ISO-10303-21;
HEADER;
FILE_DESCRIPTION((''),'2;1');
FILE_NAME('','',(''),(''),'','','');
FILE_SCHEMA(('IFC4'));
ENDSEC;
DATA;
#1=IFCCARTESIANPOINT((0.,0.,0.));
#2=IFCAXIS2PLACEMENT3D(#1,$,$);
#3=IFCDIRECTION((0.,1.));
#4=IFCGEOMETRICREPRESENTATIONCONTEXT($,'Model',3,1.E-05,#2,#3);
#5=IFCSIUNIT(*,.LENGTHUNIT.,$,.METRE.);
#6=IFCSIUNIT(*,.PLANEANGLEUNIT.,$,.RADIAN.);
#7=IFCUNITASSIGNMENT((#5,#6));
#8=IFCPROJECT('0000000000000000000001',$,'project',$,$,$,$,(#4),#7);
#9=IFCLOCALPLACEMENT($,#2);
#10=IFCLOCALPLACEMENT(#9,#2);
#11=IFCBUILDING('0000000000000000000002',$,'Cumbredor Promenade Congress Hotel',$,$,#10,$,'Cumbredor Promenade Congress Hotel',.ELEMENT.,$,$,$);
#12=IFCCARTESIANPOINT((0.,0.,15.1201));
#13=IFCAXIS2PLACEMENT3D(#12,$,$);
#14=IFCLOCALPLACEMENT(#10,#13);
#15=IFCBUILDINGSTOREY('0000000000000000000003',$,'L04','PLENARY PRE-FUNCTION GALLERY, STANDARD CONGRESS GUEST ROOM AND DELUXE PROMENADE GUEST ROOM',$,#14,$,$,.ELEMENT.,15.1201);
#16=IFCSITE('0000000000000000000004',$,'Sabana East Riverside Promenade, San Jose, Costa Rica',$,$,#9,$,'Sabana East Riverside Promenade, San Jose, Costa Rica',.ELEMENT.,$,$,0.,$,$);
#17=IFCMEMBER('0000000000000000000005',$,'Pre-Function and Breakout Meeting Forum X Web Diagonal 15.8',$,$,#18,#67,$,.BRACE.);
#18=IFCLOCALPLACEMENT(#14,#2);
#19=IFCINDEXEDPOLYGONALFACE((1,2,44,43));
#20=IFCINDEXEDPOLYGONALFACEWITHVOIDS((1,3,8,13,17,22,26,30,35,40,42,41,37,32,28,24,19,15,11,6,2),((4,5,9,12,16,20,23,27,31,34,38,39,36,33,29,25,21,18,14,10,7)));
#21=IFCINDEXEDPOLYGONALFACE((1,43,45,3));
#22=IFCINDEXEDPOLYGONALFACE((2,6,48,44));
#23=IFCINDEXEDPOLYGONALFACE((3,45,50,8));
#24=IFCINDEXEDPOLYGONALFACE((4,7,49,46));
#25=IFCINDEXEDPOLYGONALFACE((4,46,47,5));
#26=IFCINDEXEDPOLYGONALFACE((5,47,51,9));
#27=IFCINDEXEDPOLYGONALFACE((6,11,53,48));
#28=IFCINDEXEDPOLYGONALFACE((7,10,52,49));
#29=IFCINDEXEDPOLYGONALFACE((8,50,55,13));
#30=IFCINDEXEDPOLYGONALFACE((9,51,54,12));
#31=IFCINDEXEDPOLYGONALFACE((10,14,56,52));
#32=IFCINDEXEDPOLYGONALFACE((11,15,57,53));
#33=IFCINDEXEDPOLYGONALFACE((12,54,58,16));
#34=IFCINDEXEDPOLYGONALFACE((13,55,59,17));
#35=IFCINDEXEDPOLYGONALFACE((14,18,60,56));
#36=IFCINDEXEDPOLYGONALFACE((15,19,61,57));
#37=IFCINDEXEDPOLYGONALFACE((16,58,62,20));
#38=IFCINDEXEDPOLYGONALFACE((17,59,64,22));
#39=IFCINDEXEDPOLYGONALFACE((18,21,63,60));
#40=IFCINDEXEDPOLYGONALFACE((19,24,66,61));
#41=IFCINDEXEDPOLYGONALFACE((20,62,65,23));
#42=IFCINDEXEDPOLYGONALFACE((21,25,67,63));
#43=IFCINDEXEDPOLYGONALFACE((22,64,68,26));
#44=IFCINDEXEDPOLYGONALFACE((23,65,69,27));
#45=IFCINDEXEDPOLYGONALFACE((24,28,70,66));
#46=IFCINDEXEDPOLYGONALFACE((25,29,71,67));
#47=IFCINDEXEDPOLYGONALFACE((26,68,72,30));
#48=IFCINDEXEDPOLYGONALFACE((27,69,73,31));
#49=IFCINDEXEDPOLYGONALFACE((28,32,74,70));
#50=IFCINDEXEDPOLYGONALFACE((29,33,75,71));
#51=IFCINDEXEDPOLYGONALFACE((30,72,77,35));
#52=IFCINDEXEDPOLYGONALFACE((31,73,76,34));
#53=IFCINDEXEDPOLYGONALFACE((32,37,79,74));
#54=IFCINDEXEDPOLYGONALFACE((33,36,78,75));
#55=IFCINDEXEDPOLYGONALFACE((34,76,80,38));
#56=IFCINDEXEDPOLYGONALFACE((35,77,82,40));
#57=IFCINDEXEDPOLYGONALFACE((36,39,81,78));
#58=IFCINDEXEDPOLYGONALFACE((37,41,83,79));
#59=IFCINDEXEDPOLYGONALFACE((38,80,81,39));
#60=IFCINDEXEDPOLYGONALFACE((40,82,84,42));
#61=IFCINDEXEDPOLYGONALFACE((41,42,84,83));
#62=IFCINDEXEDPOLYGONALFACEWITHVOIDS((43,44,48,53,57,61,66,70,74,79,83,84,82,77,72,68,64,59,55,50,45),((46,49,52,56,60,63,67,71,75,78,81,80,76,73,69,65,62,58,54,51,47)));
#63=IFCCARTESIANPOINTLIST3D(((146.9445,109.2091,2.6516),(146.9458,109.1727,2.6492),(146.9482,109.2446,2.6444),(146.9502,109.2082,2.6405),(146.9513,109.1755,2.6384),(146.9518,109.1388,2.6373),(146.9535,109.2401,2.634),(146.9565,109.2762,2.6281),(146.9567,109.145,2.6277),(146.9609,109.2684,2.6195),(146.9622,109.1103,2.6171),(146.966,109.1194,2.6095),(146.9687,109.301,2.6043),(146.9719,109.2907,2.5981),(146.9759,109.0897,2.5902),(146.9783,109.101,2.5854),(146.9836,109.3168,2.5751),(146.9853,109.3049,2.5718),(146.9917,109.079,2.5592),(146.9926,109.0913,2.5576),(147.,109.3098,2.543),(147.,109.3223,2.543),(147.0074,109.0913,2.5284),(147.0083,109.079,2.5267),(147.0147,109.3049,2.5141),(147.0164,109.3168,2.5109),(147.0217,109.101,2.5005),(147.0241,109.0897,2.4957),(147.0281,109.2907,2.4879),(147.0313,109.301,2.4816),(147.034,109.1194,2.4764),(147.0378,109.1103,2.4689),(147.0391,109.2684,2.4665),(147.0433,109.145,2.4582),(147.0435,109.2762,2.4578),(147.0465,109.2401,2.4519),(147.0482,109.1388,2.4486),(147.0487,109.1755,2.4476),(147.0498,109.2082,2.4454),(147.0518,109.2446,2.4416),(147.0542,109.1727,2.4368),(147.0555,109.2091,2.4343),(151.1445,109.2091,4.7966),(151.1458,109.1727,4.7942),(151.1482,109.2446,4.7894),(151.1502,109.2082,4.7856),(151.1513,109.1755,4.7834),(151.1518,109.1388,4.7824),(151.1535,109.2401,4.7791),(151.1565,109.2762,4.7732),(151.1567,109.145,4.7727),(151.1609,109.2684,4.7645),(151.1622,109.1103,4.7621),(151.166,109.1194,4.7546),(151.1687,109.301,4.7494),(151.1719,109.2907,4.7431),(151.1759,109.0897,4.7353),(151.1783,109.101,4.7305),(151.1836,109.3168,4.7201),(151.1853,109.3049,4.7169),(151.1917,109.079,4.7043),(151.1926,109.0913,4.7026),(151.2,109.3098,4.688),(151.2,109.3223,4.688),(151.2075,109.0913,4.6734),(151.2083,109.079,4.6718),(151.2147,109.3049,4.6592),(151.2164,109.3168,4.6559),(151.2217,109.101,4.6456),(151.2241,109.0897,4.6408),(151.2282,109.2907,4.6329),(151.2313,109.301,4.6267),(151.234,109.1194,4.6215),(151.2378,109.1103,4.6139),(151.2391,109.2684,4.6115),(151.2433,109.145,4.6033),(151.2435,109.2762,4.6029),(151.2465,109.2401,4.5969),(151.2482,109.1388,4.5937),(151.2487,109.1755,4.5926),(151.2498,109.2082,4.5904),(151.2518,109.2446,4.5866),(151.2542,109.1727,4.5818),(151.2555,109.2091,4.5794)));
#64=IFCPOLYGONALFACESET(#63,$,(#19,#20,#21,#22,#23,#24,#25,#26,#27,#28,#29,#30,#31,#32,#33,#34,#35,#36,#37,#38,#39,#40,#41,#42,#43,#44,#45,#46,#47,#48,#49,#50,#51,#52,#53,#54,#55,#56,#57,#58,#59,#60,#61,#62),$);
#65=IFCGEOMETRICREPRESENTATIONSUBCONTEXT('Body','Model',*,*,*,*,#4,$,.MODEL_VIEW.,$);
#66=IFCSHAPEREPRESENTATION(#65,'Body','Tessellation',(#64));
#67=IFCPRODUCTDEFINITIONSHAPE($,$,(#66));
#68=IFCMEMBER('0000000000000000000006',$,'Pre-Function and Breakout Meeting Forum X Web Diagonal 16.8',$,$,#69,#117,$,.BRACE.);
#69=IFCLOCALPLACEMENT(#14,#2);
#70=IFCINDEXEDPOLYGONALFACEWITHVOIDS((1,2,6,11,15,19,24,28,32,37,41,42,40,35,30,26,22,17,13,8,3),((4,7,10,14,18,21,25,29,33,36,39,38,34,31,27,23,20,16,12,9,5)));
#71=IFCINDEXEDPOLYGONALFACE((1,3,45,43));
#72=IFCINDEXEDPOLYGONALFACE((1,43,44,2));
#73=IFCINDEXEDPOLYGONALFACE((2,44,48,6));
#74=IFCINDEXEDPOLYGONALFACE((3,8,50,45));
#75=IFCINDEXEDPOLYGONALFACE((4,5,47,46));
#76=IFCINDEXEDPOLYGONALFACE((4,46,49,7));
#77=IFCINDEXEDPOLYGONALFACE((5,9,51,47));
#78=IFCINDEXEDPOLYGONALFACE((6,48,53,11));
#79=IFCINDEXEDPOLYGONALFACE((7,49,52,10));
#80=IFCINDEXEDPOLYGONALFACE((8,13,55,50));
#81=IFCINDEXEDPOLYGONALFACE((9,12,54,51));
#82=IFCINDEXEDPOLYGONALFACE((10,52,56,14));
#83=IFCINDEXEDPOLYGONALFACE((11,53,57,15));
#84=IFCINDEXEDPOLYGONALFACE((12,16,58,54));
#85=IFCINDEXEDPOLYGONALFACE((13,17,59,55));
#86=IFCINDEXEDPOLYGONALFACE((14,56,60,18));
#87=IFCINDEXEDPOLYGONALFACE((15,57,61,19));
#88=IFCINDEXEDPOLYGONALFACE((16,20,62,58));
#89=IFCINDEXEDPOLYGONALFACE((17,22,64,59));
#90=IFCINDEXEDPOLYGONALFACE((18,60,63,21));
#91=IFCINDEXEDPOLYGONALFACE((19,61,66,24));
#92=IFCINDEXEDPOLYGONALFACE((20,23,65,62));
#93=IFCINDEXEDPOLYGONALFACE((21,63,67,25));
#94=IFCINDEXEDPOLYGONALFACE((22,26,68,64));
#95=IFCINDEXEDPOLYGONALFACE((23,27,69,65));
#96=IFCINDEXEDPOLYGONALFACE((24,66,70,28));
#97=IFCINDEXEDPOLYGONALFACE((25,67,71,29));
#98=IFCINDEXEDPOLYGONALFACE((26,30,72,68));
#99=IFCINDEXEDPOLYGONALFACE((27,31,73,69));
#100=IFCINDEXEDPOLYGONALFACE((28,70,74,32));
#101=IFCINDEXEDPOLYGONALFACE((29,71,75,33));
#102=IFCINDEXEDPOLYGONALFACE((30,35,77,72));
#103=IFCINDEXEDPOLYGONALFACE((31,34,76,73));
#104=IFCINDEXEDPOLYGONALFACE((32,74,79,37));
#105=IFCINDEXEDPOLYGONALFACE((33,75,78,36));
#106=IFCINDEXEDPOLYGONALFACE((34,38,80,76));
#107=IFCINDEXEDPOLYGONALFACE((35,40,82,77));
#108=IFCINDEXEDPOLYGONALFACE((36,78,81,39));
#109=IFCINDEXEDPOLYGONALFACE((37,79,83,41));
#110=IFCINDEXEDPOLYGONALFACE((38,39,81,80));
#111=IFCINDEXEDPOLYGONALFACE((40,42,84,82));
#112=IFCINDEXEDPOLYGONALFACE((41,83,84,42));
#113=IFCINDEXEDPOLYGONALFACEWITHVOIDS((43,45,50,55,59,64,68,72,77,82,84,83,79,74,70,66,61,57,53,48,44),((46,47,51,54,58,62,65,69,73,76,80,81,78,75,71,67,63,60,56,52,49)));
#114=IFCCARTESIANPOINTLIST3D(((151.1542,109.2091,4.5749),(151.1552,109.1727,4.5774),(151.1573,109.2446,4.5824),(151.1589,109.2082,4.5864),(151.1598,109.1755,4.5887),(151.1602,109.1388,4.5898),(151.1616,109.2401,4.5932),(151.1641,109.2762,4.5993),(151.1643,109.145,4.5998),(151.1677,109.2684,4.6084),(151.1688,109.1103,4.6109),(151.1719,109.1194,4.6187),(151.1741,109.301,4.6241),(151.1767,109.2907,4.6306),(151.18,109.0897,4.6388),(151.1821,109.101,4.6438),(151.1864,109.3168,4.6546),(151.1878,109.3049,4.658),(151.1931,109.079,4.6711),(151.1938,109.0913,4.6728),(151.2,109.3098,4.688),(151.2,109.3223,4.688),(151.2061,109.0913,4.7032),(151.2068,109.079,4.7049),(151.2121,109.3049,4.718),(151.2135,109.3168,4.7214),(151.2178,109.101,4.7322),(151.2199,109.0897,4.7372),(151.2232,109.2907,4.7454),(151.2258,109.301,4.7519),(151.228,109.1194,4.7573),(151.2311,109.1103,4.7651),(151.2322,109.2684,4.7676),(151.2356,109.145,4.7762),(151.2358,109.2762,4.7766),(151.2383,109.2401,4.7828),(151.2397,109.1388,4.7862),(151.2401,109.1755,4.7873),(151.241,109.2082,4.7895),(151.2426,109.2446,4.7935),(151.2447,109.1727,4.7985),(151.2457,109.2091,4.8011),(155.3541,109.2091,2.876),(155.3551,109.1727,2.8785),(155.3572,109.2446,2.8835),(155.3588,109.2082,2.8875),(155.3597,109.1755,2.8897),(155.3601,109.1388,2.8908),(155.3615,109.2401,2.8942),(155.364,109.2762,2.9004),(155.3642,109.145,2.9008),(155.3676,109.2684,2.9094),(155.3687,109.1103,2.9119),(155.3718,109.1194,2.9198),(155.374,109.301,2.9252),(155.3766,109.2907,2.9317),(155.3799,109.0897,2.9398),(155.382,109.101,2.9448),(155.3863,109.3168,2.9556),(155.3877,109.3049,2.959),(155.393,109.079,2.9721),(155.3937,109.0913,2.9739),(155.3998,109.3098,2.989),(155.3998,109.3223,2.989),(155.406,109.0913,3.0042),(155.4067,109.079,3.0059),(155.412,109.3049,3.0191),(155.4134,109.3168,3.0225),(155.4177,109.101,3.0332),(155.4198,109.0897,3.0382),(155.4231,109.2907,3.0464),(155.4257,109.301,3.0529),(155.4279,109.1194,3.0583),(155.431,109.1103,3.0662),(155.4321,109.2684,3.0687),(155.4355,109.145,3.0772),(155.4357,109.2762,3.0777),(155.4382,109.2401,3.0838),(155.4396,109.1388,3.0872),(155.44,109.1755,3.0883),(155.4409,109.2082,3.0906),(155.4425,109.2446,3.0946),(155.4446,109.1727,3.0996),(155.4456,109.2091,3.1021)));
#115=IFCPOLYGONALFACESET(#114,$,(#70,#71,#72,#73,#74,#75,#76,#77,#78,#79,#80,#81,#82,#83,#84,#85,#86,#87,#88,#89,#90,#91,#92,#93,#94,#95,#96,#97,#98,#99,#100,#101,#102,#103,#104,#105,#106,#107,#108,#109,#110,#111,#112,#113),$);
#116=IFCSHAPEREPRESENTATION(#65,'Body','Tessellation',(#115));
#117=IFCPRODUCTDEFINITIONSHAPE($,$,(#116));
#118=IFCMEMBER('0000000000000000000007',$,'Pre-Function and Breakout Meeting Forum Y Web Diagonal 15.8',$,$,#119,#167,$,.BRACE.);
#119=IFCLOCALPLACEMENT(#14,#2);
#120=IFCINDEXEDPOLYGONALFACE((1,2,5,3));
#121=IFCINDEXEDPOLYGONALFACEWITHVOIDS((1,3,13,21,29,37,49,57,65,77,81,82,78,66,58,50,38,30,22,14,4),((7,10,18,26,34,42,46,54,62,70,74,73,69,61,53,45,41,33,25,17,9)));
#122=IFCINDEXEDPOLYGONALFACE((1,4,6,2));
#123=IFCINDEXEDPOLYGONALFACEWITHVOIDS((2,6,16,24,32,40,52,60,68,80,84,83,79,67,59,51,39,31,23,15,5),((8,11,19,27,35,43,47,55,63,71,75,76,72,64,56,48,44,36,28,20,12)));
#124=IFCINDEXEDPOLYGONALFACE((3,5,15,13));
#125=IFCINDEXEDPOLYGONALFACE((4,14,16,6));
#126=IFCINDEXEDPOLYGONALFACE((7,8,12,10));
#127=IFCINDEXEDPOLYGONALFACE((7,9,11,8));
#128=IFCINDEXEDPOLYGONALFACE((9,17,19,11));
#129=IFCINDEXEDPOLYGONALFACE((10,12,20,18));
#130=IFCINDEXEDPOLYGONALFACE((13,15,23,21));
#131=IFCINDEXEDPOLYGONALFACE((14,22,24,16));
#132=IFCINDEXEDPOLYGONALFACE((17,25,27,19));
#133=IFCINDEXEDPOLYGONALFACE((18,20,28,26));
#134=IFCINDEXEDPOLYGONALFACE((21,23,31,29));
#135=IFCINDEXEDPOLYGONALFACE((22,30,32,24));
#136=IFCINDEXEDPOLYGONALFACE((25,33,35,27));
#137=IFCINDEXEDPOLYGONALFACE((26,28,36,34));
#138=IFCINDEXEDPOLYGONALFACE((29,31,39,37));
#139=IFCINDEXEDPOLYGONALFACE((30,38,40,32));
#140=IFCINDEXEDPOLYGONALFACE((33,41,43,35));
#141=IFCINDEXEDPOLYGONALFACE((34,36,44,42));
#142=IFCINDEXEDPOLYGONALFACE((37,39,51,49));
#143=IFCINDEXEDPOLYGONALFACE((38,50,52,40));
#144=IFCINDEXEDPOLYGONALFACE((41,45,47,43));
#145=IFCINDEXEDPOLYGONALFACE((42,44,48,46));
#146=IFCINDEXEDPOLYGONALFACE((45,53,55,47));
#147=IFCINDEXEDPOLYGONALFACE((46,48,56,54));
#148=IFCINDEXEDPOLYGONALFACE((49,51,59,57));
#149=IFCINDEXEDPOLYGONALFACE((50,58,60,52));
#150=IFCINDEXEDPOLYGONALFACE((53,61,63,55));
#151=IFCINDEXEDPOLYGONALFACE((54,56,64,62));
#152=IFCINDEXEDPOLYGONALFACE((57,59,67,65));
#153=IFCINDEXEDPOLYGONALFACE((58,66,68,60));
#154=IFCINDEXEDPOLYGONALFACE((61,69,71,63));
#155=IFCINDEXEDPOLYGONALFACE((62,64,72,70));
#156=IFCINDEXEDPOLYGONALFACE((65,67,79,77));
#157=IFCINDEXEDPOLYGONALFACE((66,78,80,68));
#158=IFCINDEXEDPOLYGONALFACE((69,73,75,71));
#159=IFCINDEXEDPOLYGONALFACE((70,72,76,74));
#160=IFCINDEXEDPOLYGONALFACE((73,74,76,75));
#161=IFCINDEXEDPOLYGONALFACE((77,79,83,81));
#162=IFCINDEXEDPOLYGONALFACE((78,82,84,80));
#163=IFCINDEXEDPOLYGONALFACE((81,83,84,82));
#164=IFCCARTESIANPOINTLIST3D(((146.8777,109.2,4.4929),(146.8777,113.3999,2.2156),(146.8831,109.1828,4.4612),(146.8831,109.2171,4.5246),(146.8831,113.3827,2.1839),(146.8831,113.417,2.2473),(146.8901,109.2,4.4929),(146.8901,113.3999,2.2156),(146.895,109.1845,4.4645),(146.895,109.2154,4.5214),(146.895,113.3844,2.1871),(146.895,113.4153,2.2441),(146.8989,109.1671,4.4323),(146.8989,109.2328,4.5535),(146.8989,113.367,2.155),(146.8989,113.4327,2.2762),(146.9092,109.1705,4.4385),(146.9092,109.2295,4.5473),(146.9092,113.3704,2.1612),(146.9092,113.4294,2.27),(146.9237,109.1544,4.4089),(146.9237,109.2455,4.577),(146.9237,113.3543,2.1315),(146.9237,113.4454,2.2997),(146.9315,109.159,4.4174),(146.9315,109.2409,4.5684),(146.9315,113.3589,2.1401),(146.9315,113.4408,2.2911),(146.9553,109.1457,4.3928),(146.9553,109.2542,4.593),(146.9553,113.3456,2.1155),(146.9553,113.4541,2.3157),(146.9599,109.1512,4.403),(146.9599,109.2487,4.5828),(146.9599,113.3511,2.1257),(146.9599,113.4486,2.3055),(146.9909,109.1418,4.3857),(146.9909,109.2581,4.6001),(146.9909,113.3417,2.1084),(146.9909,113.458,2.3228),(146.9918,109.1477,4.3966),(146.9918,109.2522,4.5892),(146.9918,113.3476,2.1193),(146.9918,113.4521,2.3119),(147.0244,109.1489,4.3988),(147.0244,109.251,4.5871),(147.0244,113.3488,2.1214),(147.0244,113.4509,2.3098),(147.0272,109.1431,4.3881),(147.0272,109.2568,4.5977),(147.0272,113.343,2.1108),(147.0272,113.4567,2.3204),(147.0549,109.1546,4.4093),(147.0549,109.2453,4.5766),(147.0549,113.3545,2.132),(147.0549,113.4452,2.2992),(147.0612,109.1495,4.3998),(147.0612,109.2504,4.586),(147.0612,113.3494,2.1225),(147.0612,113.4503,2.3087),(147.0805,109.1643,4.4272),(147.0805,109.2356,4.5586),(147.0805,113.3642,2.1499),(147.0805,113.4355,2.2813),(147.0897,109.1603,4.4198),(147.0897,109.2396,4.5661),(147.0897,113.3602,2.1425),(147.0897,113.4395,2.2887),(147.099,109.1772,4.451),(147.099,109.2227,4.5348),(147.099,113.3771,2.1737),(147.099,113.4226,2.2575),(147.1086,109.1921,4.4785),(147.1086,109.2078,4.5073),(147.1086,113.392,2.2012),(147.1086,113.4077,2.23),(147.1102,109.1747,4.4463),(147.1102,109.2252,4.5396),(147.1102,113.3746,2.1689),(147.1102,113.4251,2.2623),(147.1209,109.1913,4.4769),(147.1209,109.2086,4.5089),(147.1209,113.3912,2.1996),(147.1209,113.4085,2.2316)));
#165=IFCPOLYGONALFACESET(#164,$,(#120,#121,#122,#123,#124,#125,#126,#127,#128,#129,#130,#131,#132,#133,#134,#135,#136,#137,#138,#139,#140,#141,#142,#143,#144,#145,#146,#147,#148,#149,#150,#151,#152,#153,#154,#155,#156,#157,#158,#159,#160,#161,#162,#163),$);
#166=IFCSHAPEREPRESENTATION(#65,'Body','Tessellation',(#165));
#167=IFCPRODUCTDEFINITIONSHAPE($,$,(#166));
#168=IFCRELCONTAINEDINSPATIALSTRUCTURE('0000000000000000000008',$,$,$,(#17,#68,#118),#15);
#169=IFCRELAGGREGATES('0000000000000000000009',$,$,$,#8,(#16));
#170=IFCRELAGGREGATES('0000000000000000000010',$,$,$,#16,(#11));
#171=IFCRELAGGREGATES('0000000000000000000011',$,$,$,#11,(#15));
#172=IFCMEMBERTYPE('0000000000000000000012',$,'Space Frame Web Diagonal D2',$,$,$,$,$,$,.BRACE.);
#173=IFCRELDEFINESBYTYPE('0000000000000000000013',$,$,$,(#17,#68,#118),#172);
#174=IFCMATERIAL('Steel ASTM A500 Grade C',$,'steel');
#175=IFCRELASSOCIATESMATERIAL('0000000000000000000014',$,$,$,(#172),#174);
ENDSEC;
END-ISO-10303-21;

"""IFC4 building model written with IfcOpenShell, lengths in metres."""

from ifc_helpers import new_model, si_unit, direction, frame, origin, origin_2d, place, context, subcontext, project, spatial, hollow_circle, extrude, material, material_profile, profile_set, type_object, element, save


model = new_model("IFC4")

# Units and contexts
model_context = context("Model", 3, precision=1e-05, world=origin(), true_north=direction((0.0, 1.0)))
body_context = subcontext(model_context, "Body", "Model", "MODEL_VIEW")
ifc_project = project(units=[si_unit("LENGTHUNIT", "METRE"), si_unit("PLANEANGLEUNIT", "RADIAN")], contexts=[model_context])

# Site, building, storey
site_placement = place(None, origin())
site = spatial("IfcSite", under=ifc_project, at=site_placement, Name="Sabana East Riverside Promenade, San Jose, Costa Rica", LongName="Sabana East Riverside Promenade, San Jose, Costa Rica", CompositionType="ELEMENT", RefElevation=0.0)
building_placement = place(site_placement, origin())
building = spatial("IfcBuilding", under=site, at=building_placement, Name="Cumbredor Promenade Congress Hotel", LongName="Cumbredor Promenade Congress Hotel", CompositionType="ELEMENT")
storey_placement = place(building_placement, frame((0.0, 0.0, 15.1201)))
storey = spatial("IfcBuildingStorey", under=building, at=storey_placement, Name="L04", Description="PLENARY PRE-FUNCTION GALLERY, STANDARD CONGRESS GUEST ROOM AND DELUXE PROMENADE GUEST ROOM", CompositionType="ELEMENT", Elevation=15.1201)

# Members
ifc_material_1 = material(Name="Steel ASTM A500 Grade C", Category="steel")
ifc_material_profile_1 = material_profile(ifc_material_1, hollow_circle(Radius=0.1223, WallThickness=0.0125, at=origin_2d()), Name="CHS 244.5x12.5")
ifc_profile_set_1 = profile_set([ifc_material_profile_1], Name="Steel ASTM A500 Grade C")
member_type_1 = type_object("IfcMemberType", Name="Space Frame Web Diagonal D2", PredefinedType="BRACE", material=ifc_profile_set_1)
member_1_placement = place(storey_placement, frame((147.0, 109.2, 2.543), z_axis=(0.890574, 0.0, 0.454838), x_axis=(0.0, 1.0, 0.0)))
element("IfcMember", 1, at=member_1_placement, inside=storey, type_object=member_type_1, Name="Pre-Function and Breakout Meeting Forum X Web Diagonal 15.8", PredefinedType="BRACE", context=body_context, shape_type="SweptSolid", body=[
    extrude(hollow_circle(Radius=0.1223, WallThickness=0.0125, at=origin_2d()), origin(), (0.0, 0.0, 1.0), 4.7161),
])
member_2_placement = place(storey_placement, frame((151.2, 109.2, 4.688), z_axis=(0.927024, 0.0, -0.375002), x_axis=(0.0, 1.0, 0.0)))
element("IfcMember", 2, at=member_2_placement, inside=storey, type_object=member_type_1, Name="Pre-Function and Breakout Meeting Forum X Web Diagonal 16.8", PredefinedType="BRACE", context=body_context, shape_type="SweptSolid", body=[
    extrude(hollow_circle(Radius=0.1223, WallThickness=0.0125, at=origin_2d()), origin(), (0.0, 0.0, 1.0), 4.5305),
])
member_3_placement = place(storey_placement, frame((147.0, 109.2, 4.4929), z_axis=(0.0, 0.879084, -0.476667), x_axis=(-1.0, 0.0, 0.0)))
element("IfcMember", 3, at=member_3_placement, inside=storey, type_object=member_type_1, Name="Pre-Function and Breakout Meeting Forum Y Web Diagonal 15.8", PredefinedType="BRACE", context=body_context, shape_type="SweptSolid", body=[
    extrude(hollow_circle(Radius=0.1223, WallThickness=0.0125, at=origin_2d()), origin(), (0.0, 0.0, 1.0), 4.7776),
])

save(model, "model.ifc")
